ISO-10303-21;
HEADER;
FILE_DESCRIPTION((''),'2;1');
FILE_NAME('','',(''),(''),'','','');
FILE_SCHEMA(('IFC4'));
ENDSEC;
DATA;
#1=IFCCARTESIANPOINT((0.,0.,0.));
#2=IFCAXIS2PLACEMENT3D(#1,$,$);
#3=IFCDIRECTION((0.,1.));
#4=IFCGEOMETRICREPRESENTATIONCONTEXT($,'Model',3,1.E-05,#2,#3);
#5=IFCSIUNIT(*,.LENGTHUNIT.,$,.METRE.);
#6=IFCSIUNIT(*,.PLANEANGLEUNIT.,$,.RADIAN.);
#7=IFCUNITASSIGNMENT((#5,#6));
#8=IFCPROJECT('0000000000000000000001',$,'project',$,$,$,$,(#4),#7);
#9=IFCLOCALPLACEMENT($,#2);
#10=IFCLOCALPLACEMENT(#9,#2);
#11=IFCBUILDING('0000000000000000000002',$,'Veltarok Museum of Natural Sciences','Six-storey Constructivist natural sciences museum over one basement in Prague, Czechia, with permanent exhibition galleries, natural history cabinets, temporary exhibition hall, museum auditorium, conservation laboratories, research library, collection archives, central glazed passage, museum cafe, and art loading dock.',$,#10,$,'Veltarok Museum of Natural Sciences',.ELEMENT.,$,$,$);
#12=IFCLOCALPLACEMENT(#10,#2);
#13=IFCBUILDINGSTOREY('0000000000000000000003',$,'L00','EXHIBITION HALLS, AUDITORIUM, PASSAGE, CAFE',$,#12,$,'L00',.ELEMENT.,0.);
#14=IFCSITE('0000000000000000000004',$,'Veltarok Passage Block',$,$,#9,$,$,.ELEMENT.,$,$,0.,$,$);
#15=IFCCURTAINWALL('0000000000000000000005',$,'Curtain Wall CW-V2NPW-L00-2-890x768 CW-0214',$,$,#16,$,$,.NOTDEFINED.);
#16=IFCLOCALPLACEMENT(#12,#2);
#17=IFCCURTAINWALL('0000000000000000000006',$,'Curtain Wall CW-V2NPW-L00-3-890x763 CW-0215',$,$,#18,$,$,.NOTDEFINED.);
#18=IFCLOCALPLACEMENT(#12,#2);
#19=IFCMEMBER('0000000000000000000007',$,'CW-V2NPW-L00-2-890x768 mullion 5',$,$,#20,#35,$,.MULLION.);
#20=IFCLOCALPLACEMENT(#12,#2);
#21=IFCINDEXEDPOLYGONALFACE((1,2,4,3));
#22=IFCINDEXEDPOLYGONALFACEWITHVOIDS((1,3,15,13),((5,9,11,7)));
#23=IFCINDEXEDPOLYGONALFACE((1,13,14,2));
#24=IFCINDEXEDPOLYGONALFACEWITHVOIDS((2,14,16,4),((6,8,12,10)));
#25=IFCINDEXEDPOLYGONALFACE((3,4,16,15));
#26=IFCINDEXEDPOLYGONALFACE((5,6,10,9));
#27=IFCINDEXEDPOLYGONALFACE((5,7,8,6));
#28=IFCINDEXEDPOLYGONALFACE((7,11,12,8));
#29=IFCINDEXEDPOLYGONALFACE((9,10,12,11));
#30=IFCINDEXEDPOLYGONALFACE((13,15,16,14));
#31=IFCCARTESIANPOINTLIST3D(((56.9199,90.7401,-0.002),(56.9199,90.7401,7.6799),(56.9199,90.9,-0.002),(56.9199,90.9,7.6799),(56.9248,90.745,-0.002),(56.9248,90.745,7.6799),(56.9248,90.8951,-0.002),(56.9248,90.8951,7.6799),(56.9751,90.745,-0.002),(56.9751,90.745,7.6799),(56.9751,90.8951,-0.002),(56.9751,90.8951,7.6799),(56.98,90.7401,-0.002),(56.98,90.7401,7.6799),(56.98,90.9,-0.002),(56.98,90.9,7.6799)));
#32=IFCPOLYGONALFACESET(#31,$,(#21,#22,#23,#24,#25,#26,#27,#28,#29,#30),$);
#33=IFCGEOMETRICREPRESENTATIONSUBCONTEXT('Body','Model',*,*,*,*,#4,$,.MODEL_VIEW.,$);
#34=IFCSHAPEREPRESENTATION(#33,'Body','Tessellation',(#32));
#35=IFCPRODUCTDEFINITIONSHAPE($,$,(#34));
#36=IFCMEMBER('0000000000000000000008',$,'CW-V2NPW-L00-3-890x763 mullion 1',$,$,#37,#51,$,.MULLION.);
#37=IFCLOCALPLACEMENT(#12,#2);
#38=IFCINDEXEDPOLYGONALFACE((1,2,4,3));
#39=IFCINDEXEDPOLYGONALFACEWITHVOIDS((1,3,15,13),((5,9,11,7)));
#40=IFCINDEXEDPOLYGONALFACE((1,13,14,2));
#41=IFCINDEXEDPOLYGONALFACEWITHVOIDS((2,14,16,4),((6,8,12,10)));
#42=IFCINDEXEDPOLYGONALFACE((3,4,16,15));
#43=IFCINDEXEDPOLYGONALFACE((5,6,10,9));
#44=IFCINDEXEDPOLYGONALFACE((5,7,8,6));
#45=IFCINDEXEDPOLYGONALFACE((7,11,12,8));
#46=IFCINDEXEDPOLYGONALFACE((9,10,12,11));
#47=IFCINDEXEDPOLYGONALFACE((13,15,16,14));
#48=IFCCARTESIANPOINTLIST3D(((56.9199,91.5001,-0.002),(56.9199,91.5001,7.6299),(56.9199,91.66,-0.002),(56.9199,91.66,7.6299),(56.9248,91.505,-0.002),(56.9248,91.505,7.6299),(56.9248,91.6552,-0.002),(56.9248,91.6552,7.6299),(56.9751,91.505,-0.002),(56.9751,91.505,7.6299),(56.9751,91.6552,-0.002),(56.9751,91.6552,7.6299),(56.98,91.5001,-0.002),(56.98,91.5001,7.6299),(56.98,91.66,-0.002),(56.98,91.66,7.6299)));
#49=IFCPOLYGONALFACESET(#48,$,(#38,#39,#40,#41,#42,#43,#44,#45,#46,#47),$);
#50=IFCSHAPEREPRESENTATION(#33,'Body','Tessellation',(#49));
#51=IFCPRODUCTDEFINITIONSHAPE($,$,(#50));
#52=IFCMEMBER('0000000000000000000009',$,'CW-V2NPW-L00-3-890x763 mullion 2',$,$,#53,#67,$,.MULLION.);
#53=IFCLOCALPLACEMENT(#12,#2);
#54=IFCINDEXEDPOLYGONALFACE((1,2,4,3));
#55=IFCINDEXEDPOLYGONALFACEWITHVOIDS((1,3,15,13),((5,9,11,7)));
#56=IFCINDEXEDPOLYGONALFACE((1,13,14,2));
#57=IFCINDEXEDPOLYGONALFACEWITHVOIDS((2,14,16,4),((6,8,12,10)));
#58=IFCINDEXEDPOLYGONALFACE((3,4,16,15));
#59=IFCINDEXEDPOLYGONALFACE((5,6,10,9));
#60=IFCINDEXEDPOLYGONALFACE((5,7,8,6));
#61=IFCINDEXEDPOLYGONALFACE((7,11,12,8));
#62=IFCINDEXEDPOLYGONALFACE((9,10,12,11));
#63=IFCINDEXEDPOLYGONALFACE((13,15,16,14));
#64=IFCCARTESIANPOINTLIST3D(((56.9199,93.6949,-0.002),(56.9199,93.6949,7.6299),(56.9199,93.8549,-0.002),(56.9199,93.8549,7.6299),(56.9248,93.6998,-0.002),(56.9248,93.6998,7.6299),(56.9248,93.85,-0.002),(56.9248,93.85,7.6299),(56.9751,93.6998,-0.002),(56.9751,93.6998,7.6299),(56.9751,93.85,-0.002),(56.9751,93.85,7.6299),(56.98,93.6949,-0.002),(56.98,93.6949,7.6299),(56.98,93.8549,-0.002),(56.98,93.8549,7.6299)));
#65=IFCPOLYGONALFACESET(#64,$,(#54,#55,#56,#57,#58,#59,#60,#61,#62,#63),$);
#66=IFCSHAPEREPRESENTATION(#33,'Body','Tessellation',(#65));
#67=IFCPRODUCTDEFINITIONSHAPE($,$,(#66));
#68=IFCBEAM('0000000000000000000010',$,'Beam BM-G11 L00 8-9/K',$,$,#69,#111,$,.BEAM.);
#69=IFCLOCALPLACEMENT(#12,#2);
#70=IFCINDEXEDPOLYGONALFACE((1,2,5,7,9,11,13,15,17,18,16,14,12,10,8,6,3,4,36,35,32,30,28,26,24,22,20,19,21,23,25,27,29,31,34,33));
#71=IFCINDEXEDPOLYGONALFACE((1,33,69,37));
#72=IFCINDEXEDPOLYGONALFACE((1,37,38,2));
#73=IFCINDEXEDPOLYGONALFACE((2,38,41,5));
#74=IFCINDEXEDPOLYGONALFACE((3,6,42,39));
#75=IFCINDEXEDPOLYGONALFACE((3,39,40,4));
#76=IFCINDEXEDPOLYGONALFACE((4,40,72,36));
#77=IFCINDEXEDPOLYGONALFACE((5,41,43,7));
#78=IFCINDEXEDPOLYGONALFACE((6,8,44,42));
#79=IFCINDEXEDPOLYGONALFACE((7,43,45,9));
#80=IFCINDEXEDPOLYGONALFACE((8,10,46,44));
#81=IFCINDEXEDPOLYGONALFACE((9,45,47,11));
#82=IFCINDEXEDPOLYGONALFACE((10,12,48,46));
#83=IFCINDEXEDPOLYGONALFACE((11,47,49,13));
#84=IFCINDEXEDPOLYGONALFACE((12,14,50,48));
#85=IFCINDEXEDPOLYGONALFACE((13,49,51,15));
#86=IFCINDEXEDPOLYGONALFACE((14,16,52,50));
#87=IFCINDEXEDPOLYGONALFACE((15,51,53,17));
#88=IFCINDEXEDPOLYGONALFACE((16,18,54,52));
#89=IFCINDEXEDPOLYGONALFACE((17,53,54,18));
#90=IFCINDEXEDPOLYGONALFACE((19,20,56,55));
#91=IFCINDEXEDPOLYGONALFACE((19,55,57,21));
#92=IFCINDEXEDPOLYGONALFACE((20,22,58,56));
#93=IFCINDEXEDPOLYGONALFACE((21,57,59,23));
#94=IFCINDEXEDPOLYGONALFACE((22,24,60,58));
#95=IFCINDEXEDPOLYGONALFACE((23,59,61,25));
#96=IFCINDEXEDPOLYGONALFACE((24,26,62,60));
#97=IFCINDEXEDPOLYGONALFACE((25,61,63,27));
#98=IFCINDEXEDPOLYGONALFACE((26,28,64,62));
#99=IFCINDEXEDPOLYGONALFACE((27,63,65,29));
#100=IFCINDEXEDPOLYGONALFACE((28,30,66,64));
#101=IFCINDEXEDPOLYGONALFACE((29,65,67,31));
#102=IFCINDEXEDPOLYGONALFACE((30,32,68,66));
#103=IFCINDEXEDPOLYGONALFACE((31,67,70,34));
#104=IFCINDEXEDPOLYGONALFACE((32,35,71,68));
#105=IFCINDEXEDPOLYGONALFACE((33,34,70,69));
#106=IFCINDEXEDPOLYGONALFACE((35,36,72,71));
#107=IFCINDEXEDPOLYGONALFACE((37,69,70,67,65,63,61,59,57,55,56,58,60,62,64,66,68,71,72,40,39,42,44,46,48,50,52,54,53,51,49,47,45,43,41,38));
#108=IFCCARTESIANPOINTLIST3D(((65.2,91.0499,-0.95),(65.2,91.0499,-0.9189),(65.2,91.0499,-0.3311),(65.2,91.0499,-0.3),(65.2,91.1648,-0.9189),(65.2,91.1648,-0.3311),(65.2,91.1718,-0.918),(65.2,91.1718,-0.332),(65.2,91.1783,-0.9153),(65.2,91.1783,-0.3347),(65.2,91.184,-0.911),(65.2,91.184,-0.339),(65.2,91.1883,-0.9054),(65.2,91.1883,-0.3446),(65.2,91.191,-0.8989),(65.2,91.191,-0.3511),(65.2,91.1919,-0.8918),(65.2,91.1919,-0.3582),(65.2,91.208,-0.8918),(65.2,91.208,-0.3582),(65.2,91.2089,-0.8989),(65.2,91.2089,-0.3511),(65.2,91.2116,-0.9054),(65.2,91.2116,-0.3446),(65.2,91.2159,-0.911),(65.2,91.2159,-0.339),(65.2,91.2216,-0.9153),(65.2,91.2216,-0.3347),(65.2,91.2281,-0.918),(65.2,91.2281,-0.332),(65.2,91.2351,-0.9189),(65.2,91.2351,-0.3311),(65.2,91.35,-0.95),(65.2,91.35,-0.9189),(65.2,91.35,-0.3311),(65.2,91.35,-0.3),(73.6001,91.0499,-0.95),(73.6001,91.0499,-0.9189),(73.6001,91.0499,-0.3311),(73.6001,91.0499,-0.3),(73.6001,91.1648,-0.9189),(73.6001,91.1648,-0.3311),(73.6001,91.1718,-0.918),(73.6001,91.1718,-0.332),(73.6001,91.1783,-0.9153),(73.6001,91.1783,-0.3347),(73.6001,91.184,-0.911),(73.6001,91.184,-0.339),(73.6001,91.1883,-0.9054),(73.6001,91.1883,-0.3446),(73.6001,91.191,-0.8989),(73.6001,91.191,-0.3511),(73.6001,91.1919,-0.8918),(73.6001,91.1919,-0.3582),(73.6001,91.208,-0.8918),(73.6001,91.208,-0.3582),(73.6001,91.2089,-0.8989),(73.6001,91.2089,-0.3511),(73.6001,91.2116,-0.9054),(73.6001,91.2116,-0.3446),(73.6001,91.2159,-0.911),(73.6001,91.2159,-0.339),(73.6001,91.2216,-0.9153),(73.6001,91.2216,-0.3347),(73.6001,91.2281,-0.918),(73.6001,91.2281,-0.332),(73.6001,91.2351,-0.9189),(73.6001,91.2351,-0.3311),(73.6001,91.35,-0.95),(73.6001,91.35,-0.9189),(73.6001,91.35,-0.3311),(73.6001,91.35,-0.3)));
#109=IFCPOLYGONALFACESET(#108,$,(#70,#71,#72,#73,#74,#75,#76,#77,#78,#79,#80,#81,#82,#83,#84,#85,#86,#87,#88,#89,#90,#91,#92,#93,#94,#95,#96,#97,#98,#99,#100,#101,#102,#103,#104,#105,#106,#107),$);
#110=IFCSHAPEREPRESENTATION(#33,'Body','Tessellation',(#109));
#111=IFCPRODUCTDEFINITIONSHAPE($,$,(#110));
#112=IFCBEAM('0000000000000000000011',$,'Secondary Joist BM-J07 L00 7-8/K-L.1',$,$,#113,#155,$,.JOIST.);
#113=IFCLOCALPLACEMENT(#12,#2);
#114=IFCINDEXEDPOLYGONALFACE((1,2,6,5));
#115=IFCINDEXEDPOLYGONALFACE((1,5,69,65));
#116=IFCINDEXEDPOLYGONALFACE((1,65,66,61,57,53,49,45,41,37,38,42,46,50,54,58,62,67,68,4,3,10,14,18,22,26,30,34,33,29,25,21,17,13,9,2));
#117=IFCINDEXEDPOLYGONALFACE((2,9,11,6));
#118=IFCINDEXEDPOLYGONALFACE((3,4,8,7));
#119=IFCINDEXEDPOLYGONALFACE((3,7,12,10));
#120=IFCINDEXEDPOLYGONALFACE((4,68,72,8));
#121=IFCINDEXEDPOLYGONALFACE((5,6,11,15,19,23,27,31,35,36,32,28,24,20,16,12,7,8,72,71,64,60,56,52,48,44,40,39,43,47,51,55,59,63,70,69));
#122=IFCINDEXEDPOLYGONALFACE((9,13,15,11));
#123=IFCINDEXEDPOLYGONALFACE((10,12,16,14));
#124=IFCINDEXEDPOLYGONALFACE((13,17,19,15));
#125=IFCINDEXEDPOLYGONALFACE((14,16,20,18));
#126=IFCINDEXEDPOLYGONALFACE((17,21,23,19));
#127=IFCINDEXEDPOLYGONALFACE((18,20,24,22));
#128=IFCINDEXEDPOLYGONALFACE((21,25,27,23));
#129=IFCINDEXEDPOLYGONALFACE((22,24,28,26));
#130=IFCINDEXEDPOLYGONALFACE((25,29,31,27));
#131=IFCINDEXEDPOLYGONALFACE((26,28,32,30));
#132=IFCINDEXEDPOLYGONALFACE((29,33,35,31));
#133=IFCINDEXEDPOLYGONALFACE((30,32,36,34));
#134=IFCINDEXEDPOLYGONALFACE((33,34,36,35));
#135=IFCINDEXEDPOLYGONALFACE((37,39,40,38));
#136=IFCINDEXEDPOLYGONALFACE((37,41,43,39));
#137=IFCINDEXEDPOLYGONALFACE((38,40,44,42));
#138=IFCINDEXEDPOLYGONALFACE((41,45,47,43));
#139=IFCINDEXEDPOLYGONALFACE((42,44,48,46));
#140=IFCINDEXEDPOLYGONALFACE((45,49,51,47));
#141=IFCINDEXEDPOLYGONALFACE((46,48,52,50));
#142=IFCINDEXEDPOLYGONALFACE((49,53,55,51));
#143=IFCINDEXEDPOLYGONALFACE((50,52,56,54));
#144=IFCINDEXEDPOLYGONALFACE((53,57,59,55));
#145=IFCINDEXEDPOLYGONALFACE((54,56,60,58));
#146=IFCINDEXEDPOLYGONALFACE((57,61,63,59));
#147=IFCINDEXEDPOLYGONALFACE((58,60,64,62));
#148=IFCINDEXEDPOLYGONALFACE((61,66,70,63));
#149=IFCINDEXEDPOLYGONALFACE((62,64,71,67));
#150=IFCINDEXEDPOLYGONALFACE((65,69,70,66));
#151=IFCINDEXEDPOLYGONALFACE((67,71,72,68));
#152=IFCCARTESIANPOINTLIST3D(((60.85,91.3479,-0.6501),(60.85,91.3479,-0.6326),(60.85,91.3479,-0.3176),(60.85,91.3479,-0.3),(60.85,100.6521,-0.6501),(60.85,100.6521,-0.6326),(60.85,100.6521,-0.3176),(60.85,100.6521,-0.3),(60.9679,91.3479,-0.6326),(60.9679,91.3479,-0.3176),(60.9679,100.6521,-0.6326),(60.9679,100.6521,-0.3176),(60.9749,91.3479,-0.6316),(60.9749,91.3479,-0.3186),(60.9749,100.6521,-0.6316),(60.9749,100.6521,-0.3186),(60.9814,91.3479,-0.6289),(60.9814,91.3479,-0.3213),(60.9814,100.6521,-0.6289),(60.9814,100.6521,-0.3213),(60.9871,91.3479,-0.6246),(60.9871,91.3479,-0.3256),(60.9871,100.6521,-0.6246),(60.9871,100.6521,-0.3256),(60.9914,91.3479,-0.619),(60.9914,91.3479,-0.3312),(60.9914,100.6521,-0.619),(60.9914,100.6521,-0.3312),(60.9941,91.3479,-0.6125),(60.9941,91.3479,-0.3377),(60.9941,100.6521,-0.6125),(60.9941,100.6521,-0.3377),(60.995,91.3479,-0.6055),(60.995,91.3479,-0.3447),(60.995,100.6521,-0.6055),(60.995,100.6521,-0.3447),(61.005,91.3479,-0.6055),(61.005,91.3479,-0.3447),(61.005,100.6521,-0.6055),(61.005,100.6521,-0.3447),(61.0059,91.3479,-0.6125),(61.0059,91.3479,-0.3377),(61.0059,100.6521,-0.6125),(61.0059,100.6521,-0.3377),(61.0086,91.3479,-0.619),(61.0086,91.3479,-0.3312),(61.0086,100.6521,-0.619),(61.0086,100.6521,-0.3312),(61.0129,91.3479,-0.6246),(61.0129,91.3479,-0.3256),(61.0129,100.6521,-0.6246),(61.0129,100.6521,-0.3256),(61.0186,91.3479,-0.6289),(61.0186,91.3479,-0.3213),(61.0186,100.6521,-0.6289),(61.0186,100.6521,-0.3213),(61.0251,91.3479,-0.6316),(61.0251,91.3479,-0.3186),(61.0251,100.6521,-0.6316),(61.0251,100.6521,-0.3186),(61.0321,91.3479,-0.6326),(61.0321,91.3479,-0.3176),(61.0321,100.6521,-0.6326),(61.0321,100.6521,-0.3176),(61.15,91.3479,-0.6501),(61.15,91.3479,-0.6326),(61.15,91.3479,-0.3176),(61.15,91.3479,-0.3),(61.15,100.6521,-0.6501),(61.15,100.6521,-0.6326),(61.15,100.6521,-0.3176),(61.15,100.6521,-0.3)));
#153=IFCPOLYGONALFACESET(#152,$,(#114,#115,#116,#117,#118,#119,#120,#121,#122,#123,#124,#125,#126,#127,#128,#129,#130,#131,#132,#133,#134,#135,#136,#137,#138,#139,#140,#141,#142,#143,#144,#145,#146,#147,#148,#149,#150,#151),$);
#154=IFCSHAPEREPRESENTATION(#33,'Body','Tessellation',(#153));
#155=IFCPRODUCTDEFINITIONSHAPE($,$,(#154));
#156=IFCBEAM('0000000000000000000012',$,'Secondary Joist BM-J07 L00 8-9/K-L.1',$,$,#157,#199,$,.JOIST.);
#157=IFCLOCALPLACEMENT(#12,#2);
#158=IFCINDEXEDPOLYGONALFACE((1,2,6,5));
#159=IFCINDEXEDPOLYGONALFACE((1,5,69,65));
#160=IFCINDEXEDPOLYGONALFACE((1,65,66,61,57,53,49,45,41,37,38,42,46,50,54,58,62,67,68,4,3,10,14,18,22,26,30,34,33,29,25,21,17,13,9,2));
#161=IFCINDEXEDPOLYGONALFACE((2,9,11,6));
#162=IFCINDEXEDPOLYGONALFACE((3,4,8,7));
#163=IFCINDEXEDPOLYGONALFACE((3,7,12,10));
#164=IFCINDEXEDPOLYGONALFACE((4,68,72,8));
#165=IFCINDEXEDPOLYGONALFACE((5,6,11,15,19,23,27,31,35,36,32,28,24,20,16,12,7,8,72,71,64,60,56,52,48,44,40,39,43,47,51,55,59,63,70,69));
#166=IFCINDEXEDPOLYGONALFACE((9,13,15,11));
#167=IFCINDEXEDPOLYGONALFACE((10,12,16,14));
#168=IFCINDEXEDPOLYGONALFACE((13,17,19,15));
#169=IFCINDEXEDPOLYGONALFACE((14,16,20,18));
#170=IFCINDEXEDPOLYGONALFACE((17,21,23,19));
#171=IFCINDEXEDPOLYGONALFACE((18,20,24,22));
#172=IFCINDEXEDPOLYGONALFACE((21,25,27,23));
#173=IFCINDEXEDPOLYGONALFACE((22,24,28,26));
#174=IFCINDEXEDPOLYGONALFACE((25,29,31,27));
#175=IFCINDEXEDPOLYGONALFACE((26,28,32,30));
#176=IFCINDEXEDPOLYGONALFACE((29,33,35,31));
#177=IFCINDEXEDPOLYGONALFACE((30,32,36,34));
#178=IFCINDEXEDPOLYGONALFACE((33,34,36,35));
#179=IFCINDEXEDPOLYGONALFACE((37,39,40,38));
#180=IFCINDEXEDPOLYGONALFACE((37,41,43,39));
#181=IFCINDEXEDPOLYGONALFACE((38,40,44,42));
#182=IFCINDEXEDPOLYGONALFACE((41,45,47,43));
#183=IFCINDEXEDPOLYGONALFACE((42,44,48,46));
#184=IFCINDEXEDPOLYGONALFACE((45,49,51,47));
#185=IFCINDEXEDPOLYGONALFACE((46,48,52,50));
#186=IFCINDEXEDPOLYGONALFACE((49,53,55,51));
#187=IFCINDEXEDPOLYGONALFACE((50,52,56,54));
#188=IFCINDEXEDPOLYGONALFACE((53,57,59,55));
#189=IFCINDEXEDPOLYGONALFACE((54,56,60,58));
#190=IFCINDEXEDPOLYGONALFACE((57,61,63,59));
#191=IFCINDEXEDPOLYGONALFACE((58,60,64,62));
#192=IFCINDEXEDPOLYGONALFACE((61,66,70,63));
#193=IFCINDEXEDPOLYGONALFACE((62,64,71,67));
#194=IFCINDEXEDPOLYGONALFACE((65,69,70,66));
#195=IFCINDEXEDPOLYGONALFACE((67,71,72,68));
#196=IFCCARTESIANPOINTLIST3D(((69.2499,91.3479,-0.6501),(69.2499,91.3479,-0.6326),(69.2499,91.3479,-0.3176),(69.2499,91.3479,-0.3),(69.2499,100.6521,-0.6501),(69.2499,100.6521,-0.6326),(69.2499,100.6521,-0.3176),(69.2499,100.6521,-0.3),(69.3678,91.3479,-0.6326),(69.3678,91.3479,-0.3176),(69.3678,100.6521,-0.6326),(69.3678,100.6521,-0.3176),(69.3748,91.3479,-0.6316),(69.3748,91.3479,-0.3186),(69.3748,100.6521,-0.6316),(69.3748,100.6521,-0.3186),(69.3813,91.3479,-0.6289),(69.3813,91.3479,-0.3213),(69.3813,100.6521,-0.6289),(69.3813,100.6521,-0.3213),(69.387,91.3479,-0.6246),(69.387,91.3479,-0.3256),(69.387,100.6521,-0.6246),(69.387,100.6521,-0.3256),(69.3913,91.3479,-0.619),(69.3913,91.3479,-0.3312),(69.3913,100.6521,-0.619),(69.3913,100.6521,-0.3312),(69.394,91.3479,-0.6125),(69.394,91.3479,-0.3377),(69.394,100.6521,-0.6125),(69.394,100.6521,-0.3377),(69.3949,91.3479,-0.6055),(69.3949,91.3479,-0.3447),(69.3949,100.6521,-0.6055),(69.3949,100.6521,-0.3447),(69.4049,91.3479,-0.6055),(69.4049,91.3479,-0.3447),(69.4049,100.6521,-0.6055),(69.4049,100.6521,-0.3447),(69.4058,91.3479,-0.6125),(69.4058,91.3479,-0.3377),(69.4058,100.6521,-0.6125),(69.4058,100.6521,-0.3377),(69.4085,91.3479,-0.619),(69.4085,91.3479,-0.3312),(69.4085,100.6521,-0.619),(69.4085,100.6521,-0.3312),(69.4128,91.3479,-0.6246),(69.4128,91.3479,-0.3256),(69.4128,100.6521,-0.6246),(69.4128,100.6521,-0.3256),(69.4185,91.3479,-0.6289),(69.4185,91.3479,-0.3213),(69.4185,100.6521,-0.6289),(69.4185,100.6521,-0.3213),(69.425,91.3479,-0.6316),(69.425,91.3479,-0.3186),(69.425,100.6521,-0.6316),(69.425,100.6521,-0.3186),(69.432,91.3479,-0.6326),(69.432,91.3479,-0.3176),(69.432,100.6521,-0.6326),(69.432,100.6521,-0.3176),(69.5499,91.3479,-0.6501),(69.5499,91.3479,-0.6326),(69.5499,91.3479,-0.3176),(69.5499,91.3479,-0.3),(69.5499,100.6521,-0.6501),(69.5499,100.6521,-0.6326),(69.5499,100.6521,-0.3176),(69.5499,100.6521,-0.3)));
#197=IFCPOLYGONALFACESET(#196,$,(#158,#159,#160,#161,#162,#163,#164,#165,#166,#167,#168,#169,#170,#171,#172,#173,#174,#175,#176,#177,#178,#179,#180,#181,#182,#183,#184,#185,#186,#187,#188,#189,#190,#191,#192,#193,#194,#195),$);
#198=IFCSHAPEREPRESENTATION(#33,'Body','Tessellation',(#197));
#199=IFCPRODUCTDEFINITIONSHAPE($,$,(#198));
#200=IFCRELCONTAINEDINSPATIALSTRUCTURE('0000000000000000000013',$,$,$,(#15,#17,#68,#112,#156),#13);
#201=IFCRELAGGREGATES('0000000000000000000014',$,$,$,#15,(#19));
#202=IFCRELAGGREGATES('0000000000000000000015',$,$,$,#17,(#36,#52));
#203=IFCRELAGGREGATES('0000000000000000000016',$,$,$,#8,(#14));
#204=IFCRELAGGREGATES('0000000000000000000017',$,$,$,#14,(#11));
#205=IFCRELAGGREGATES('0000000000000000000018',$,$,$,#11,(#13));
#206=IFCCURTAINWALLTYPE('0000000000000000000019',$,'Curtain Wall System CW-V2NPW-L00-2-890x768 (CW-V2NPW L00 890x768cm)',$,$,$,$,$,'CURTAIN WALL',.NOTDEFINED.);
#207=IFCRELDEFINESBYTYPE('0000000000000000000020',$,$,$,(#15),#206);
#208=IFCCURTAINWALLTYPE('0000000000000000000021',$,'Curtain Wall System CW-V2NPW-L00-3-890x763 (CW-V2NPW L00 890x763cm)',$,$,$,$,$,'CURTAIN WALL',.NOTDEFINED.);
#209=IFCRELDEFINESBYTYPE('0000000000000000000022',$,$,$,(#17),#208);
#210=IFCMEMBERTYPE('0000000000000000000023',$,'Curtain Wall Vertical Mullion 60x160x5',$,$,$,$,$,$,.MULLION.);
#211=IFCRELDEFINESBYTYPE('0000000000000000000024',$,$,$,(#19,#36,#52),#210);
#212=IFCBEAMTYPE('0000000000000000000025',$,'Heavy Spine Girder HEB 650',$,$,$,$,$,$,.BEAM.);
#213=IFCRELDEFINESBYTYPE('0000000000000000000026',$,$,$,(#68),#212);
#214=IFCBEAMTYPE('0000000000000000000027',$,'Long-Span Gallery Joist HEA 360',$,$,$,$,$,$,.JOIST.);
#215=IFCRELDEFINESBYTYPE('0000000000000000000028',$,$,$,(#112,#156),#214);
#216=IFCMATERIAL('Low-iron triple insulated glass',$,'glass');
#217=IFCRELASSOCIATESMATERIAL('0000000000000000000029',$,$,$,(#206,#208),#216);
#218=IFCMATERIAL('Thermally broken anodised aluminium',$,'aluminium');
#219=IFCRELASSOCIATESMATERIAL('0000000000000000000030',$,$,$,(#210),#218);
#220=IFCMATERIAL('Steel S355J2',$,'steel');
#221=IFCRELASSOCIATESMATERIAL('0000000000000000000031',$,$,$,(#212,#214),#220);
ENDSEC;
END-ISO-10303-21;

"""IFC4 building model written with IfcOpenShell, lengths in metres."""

from ifc_helpers import new_model, si_unit, direction, frame, origin, origin_2d, place, context, subcontext, project, spatial, hollow_rectangle, i_section, extrude, material, material_profile, profile_set, type_object, element, aggregate, save


model = new_model("IFC4")

# Units and contexts
model_context = context("Model", 3, precision=1e-05, world=origin(), true_north=direction((0.0, 1.0)))
body_context = subcontext(model_context, "Body", "Model", "MODEL_VIEW")
ifc_project = project(units=[si_unit("LENGTHUNIT", "METRE"), si_unit("PLANEANGLEUNIT", "RADIAN")], contexts=[model_context])

# Site, building, storey
site_placement = place(None, origin())
site = spatial("IfcSite", under=ifc_project, at=site_placement, Name="Veltarok Passage Block", CompositionType="ELEMENT", RefElevation=0.0)
building_placement = place(site_placement, origin())
building = spatial("IfcBuilding", under=site, at=building_placement, Name="Veltarok Museum of Natural Sciences", Description="Six-storey Constructivist natural sciences museum over one basement in Prague, Czechia, with permanent exhibition galleries, natural history cabinets, temporary exhibition hall, museum auditorium, conservation laboratories, research library, collection archives, central glazed passage, museum cafe, and art loading dock.", LongName="Veltarok Museum of Natural Sciences", CompositionType="ELEMENT")
storey_placement = place(building_placement, origin())
storey = spatial("IfcBuildingStorey", under=building, at=storey_placement, Name="L00", Description="EXHIBITION HALLS, AUDITORIUM, PASSAGE, CAFE", LongName="L00", CompositionType="ELEMENT", Elevation=0.0)

# Shared definitions
ifc_material_1 = material(Name="Steel S355J2", Category="steel")

# Curtain walls
ifc_material_2 = material(Name="Low-iron triple insulated glass", Category="glass")
curtain_wall_type_1 = type_object("IfcCurtainWallType", Name="Curtain Wall System CW-V2NPW-L00-2-890x768 (CW-V2NPW L00 890x768cm)", ElementType="CURTAIN WALL", PredefinedType="NOTDEFINED", material=ifc_material_2)
curtain_wall_1_placement = place(storey_placement, origin())
curtain_wall_1 = element("IfcCurtainWall", 1, at=curtain_wall_1_placement, inside=storey, type_object=curtain_wall_type_1, Name="Curtain Wall CW-V2NPW-L00-2-890x768 CW-0214", PredefinedType="NOTDEFINED")
ifc_material_3 = material(Name="Thermally broken anodised aluminium", Category="aluminium")
curtain_wall_type_2 = type_object("IfcCurtainWallType", Name="Curtain Wall System CW-V2NPW-L00-3-890x763 (CW-V2NPW L00 890x763cm)", ElementType="CURTAIN WALL", PredefinedType="NOTDEFINED", material=ifc_material_2)
curtain_wall_2_placement = place(storey_placement, origin())
curtain_wall_2 = element("IfcCurtainWall", 2, at=curtain_wall_2_placement, inside=storey, type_object=curtain_wall_type_2, Name="Curtain Wall CW-V2NPW-L00-3-890x763 CW-0215", PredefinedType="NOTDEFINED")

# Members
ifc_material_profile_1 = material_profile(ifc_material_3, hollow_rectangle(XDim=0.0601, YDim=0.1599, WallThickness=0.0049, at=origin_2d()), Name="CW MULLION 60x160x5")
ifc_profile_set_1 = profile_set([ifc_material_profile_1], Name="Thermally broken anodised aluminium")
member_type_1 = type_object("IfcMemberType", Name="Curtain Wall Vertical Mullion 60x160x5", PredefinedType="MULLION", material=ifc_profile_set_1)
member_1_placement = place(storey_placement, frame((56.95, 90.8201, -0.002), z_axis=(0.0, 0.0, 1.0), x_axis=(-1.0, 0.0, 0.0)))
member_1 = element("IfcMember", 3, at=member_1_placement, type_object=member_type_1, Name="CW-V2NPW-L00-2-890x768 mullion 5", PredefinedType="MULLION", context=body_context, shape_type="SweptSolid", body=[
    extrude(hollow_rectangle(XDim=0.0601, YDim=0.1599, WallThickness=0.0049, at=origin_2d()), origin(), (0.0, 0.0, 1.0), 7.6819),
])
member_2_placement = place(storey_placement, frame((56.95, 91.5801, -0.002), z_axis=(0.0, 0.0, 1.0), x_axis=(-1.0, 0.0, 0.0)))
member_2 = element("IfcMember", 4, at=member_2_placement, type_object=member_type_1, Name="CW-V2NPW-L00-3-890x763 mullion 1", PredefinedType="MULLION", context=body_context, shape_type="SweptSolid", body=[
    extrude(hollow_rectangle(XDim=0.0601, YDim=0.1599, WallThickness=0.0049, at=origin_2d()), origin(), (0.0, 0.0, 1.0), 7.6318),
])
member_3_placement = place(storey_placement, frame((56.95, 93.7749, -0.002), z_axis=(0.0, 0.0, 1.0), x_axis=(-1.0, 0.0, 0.0)))
member_3 = element("IfcMember", 5, at=member_3_placement, type_object=member_type_1, Name="CW-V2NPW-L00-3-890x763 mullion 2", PredefinedType="MULLION", context=body_context, shape_type="SweptSolid", body=[
    extrude(hollow_rectangle(XDim=0.0601, YDim=0.1599, WallThickness=0.0049, at=origin_2d()), origin(), (0.0, 0.0, 1.0), 7.6318),
])

# Beams
ifc_material_profile_2 = material_profile(ifc_material_1, i_section(OverallWidth=0.3, OverallDepth=0.6499, WebThickness=0.0161, FlangeThickness=0.031, FilletRadius=0.0271, at=origin_2d()), Name="HEB 650")
ifc_profile_set_2 = profile_set([ifc_material_profile_2], Name="Steel S355J2")
beam_type_1 = type_object("IfcBeamType", Name="Heavy Spine Girder HEB 650", PredefinedType="BEAM", material=ifc_profile_set_2)
beam_1_placement = place(storey_placement, frame((65.2, 91.2, -0.625), z_axis=(1.0, 0.0, 0.0), x_axis=(0.0, 1.0, 0.0)))
element("IfcBeam", 6, at=beam_1_placement, inside=storey, type_object=beam_type_1, Name="Beam BM-G11 L00 8-9/K", PredefinedType="BEAM", context=body_context, shape_type="SweptSolid", body=[
    extrude(i_section(OverallWidth=0.3, OverallDepth=0.6499, WebThickness=0.0161, FlangeThickness=0.031, FilletRadius=0.0271, at=origin_2d()), origin(), (0.0, 0.0, 1.0), 8.4001),
])
ifc_material_profile_3 = material_profile(ifc_material_1, i_section(OverallWidth=0.3, OverallDepth=0.3501, WebThickness=0.01, FlangeThickness=0.0176, FilletRadius=0.0271, at=origin_2d()), Name="HEA 360")
ifc_profile_set_3 = profile_set([ifc_material_profile_3], Name="Steel S355J2")
beam_type_2 = type_object("IfcBeamType", Name="Long-Span Gallery Joist HEA 360", PredefinedType="JOIST", material=ifc_profile_set_3)
for number, where, z_axis, x_axis, name in (
    (7, (61.0, 91.3479, -0.4751), (0.0, 1.0, 0.0), (-1.0, 0.0, 0.0), "Secondary Joist BM-J07 L00 7-8/K-L.1"),
    (8, (69.3999, 91.3479, -0.4751), (0.0, 1.0, 0.0), (-1.0, 0.0, 0.0), "Secondary Joist BM-J07 L00 8-9/K-L.1"),
):
    element("IfcBeam", number, at=place(storey_placement, frame(where, z_axis=z_axis, x_axis=x_axis)), inside=storey, type_object=beam_type_2, Name=name, PredefinedType="JOIST", context=body_context, shape_type="SweptSolid", body=[
        extrude(i_section(OverallWidth=0.3, OverallDepth=0.3501, WebThickness=0.01, FlangeThickness=0.0176, FilletRadius=0.0271, at=origin_2d()), origin(), (0.0, 0.0, 1.0), 9.3042),
    ])

aggregate(curtain_wall_1, [member_1])
aggregate(curtain_wall_2, [member_2, member_3])

save(model, "model.ifc")
